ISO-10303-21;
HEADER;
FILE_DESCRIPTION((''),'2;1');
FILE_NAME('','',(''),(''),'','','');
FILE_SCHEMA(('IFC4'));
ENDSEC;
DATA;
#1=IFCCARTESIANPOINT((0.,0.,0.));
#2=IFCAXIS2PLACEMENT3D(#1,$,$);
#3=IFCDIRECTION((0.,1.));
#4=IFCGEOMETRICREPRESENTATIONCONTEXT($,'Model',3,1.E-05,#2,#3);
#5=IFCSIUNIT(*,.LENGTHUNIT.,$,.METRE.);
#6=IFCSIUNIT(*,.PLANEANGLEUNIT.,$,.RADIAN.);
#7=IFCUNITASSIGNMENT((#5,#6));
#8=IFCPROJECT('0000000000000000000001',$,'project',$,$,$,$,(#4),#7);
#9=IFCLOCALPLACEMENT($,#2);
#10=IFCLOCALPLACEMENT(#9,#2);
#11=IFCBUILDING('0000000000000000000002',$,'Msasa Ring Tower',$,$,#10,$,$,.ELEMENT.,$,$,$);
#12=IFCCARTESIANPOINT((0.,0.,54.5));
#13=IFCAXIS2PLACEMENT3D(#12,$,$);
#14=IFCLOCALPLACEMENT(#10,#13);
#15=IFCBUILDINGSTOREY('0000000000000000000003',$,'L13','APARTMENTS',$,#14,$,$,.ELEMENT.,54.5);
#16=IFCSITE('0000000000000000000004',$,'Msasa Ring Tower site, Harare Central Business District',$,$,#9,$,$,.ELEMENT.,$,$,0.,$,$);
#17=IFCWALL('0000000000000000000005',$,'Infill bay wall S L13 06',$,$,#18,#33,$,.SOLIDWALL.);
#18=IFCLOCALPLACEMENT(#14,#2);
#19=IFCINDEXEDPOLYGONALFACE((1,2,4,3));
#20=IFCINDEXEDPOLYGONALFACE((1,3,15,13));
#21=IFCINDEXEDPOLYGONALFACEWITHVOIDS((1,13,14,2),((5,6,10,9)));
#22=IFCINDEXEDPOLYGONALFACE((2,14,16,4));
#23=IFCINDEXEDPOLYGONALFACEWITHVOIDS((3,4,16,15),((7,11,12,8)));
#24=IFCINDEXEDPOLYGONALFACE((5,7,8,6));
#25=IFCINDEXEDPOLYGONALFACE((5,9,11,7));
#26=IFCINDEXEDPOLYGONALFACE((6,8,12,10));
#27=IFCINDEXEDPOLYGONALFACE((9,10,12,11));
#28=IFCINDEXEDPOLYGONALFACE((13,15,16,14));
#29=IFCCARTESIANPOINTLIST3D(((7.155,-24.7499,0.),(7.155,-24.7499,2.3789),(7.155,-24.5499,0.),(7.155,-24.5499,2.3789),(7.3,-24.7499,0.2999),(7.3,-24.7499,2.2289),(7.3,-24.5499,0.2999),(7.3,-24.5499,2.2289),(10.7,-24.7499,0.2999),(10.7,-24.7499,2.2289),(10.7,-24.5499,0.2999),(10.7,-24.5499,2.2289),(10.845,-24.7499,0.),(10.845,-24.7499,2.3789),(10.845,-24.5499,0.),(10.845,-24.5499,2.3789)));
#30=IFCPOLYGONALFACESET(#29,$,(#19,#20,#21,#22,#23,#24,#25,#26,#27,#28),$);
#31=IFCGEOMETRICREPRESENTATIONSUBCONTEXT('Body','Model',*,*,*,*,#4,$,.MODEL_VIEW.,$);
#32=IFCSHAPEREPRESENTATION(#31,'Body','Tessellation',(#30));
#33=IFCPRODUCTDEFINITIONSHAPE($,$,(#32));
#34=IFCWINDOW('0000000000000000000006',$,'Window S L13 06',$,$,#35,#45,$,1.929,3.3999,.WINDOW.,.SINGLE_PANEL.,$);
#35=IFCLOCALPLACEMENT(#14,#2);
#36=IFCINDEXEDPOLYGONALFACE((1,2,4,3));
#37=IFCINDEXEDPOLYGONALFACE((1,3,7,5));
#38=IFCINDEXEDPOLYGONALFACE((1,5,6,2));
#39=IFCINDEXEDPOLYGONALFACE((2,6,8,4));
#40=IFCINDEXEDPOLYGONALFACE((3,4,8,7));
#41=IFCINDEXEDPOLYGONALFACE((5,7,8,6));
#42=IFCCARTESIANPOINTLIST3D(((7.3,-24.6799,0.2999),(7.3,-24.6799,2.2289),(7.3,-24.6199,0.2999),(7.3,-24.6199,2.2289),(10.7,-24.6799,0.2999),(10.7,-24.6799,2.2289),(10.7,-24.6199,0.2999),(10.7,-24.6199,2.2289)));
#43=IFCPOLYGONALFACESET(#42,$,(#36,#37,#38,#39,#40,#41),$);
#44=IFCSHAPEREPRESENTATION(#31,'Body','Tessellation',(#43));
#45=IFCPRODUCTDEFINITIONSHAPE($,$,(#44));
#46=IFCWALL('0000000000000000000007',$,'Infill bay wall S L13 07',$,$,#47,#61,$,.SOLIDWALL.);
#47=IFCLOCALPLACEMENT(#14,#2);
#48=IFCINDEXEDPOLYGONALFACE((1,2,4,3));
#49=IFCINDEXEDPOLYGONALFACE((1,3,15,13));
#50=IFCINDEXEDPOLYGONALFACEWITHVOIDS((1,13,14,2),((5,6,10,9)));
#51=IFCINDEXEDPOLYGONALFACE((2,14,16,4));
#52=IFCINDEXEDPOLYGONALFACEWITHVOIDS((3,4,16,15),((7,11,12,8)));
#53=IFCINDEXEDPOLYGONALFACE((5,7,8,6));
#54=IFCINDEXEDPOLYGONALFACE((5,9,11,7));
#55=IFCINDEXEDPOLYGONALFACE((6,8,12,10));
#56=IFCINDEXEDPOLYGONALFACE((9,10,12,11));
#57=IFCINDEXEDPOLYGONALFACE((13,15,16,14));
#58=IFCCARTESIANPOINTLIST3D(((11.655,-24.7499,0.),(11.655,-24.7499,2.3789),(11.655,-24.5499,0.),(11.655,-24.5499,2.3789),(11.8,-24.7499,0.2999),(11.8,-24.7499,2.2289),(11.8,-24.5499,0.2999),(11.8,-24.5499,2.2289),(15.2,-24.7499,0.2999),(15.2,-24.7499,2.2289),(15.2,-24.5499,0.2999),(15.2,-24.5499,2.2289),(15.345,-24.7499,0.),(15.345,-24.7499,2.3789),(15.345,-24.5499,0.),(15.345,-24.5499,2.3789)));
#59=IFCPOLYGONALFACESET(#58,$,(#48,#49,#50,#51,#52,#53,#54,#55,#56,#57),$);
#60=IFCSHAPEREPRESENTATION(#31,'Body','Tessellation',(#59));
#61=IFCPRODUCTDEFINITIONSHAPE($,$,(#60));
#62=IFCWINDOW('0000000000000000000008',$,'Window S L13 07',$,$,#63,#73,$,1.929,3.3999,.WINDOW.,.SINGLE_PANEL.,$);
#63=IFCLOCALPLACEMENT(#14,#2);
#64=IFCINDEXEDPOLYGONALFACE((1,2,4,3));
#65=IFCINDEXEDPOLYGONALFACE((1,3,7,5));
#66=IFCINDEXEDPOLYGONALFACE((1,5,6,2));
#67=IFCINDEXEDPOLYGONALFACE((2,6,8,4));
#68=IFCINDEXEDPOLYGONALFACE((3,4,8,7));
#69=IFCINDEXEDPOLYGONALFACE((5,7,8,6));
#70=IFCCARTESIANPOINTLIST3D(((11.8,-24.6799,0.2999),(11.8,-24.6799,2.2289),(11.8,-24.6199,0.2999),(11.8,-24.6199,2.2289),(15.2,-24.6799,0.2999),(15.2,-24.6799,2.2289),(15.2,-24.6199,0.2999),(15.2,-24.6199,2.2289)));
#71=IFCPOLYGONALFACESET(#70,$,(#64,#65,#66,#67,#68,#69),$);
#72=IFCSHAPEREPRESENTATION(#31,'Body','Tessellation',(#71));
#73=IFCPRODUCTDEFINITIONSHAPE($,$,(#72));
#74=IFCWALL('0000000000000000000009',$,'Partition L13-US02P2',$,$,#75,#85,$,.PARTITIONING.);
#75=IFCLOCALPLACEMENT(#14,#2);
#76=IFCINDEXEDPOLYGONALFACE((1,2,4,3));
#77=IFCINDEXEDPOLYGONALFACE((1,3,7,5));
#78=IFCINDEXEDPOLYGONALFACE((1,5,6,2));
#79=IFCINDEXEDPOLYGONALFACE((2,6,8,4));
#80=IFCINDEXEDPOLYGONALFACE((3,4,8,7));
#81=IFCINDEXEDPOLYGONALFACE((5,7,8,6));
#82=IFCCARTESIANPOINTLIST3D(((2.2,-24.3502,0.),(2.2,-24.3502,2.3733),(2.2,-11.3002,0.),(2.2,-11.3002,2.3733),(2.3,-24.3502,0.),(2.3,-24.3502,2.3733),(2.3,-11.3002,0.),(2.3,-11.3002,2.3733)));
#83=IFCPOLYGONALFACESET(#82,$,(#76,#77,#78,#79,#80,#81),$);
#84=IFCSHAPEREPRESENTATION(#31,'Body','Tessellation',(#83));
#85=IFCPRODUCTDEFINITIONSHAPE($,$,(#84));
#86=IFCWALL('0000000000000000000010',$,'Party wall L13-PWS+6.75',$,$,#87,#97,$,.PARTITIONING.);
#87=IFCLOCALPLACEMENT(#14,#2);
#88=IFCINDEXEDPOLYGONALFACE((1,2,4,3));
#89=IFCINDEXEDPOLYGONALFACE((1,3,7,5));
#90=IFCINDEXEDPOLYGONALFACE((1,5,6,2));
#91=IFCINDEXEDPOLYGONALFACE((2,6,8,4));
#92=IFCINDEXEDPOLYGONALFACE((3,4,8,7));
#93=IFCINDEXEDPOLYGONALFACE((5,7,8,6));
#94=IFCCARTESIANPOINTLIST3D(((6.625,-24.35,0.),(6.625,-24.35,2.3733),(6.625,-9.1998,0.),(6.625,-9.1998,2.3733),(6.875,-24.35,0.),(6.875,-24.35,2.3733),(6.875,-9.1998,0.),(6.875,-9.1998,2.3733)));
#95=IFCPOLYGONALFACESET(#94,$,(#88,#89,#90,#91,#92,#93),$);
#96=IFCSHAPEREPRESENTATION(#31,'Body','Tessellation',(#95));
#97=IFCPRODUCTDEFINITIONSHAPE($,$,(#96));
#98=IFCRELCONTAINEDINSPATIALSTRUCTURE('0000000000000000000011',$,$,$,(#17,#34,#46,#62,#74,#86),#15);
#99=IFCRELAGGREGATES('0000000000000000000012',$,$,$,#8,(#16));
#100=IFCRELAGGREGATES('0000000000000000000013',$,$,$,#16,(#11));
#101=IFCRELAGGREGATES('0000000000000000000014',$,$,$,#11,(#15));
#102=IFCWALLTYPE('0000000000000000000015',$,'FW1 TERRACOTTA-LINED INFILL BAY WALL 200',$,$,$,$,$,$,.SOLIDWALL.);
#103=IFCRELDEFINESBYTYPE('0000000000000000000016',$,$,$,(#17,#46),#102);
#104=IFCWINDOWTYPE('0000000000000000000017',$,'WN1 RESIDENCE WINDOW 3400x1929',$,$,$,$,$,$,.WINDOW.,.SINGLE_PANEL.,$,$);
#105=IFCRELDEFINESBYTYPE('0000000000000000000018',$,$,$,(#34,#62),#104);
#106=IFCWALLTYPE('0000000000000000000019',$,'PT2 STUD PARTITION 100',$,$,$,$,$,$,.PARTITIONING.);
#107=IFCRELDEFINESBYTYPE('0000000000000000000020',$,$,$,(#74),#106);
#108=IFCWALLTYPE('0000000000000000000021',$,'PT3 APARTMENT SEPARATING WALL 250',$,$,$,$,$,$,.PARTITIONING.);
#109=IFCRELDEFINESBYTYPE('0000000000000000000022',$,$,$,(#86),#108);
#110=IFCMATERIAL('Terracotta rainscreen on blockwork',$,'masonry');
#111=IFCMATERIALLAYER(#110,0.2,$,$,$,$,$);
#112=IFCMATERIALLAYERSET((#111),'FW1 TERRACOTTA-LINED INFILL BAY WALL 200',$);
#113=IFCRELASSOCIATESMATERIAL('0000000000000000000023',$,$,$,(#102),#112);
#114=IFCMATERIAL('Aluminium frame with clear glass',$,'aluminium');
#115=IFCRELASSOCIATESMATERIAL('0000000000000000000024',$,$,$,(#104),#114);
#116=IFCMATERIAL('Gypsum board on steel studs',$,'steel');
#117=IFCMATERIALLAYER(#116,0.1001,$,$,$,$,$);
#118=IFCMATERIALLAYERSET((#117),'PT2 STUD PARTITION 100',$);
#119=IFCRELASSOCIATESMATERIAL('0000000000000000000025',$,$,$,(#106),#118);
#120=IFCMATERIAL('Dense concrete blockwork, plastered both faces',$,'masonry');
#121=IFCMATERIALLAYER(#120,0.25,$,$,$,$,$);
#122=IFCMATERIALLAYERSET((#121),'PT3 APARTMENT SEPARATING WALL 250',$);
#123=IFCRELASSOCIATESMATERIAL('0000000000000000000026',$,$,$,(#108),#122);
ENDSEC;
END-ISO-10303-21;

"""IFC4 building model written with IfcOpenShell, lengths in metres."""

from ifc_helpers import new_model, si_unit, direction, frame, frame_2d, origin, place, context, subcontext, project, spatial, rectangle, extrude, material, layer, layer_set, type_object, element, fill, save


model = new_model("IFC4")

# Units and contexts
model_context = context("Model", 3, precision=1e-05, world=origin(), true_north=direction((0.0, 1.0)))
body_context = subcontext(model_context, "Body", "Model", "MODEL_VIEW")
ifc_project = project(units=[si_unit("LENGTHUNIT", "METRE"), si_unit("PLANEANGLEUNIT", "RADIAN")], contexts=[model_context])

# Site, building, storey
site_placement = place(None, origin())
site = spatial("IfcSite", under=ifc_project, at=site_placement, Name="Msasa Ring Tower site, Harare Central Business District", CompositionType="ELEMENT", RefElevation=0.0)
building_placement = place(site_placement, origin())
building = spatial("IfcBuilding", under=site, at=building_placement, Name="Msasa Ring Tower", CompositionType="ELEMENT")
storey_placement = place(building_placement, frame((0.0, 0.0, 54.5)))
storey = spatial("IfcBuildingStorey", under=building, at=storey_placement, Name="L13", Description="APARTMENTS", CompositionType="ELEMENT", Elevation=54.5)

# Walls, openings, windows
ifc_material_1 = material(Name="Terracotta rainscreen on blockwork", Category="masonry")
ifc_layer_1 = layer(ifc_material_1, 0.2)
ifc_layer_set_1 = layer_set([ifc_layer_1], Name="FW1 TERRACOTTA-LINED INFILL BAY WALL 200")
wall_type_1 = type_object("IfcWallType", Name="FW1 TERRACOTTA-LINED INFILL BAY WALL 200", PredefinedType="SOLIDWALL", material=ifc_layer_set_1)
ifc_material_2 = material(Name="Aluminium frame with clear glass", Category="aluminium")
window_type = type_object("IfcWindowType", Name="WN1 RESIDENCE WINDOW 3400x1929", PartitioningType="SINGLE_PANEL", PredefinedType="WINDOW", material=ifc_material_2)
wall_1_placement = place(storey_placement, frame((7.155, -24.6499, 0.0), z_axis=(0.0, 0.0, 1.0), x_axis=(1.0, 0.0, 0.0)))
wall_1 = element("IfcWall", 1, at=wall_1_placement, inside=storey, type_object=wall_type_1, Name="Infill bay wall S L13 06", PredefinedType="SOLIDWALL", context=body_context, shape_type="SweptSolid", body=[
    extrude(rectangle(XDim=3.6899, YDim=0.2, at=frame_2d((1.845, 0.0))), origin(), (0.0, 0.0, 1.0), 2.3789),
])
opening_1_placement = place(wall_1_placement, frame((0.145, 0.0, 0.3)))
opening_1 = element("IfcOpeningElement", 2, at=opening_1_placement, cuts=wall_1, PredefinedType="OPENING", context=body_context, shape_type="SweptSolid", body=[
    extrude(rectangle(XDim=3.3999, YDim=1.929, at=frame_2d((1.7, 0.9644))), frame((0.0, 0.1099, 0.0), z_axis=(0.0, -1.0, 0.0), x_axis=(1.0, 0.0, 0.0)), (0.0, 0.0, 1.0), 0.22),
])
window_1_placement = place(opening_1_placement, origin())
window_1 = element("IfcWindow", 3, at=window_1_placement, inside=storey, type_object=window_type, Name="Window S L13 06", OverallHeight=1.929, OverallWidth=3.3999, PartitioningType="SINGLE_PANEL", PredefinedType="WINDOW", context=body_context, shape_type="SweptSolid", body=[
    extrude(rectangle(XDim=3.3999, YDim=1.929, at=frame_2d((1.7, 0.9644))), frame((0.0, 0.03, 0.0), z_axis=(0.0, -1.0, 0.0), x_axis=(1.0, 0.0, 0.0)), (0.0, 0.0, 1.0), 0.0601),
])
fill(opening_1, window_1)
wall_2_placement = place(storey_placement, frame((11.655, -24.6499, 0.0), z_axis=(0.0, 0.0, 1.0), x_axis=(1.0, 0.0, 0.0)))
wall_2 = element("IfcWall", 4, at=wall_2_placement, inside=storey, type_object=wall_type_1, Name="Infill bay wall S L13 07", PredefinedType="SOLIDWALL", context=body_context, shape_type="SweptSolid", body=[
    extrude(rectangle(XDim=3.6899, YDim=0.2, at=frame_2d((1.845, 0.0))), origin(), (0.0, 0.0, 1.0), 2.3789),
])
opening_2_placement = place(wall_2_placement, frame((0.145, 0.0, 0.3)))
opening_2 = element("IfcOpeningElement", 5, at=opening_2_placement, cuts=wall_2, PredefinedType="OPENING", context=body_context, shape_type="SweptSolid", body=[
    extrude(rectangle(XDim=3.3999, YDim=1.929, at=frame_2d((1.7, 0.9644))), frame((0.0, 0.1099, 0.0), z_axis=(0.0, -1.0, 0.0), x_axis=(1.0, 0.0, 0.0)), (0.0, 0.0, 1.0), 0.22),
])
window_2_placement = place(opening_2_placement, origin())
window_2 = element("IfcWindow", 6, at=window_2_placement, inside=storey, type_object=window_type, Name="Window S L13 07", OverallHeight=1.929, OverallWidth=3.3999, PartitioningType="SINGLE_PANEL", PredefinedType="WINDOW", context=body_context, shape_type="SweptSolid", body=[
    extrude(rectangle(XDim=3.3999, YDim=1.929, at=frame_2d((1.7, 0.9644))), frame((0.0, 0.03, 0.0), z_axis=(0.0, -1.0, 0.0), x_axis=(1.0, 0.0, 0.0)), (0.0, 0.0, 1.0), 0.0601),
])
fill(opening_2, window_2)

# Walls
ifc_material_3 = material(Name="Gypsum board on steel studs", Category="steel")
ifc_layer_2 = layer(ifc_material_3, 0.1001)
ifc_layer_set_2 = layer_set([ifc_layer_2], Name="PT2 STUD PARTITION 100")
wall_type_2 = type_object("IfcWallType", Name="PT2 STUD PARTITION 100", PredefinedType="PARTITIONING", material=ifc_layer_set_2)
wall_3_placement = place(storey_placement, frame((2.25, -24.3501, 0.0), z_axis=(0.0, 0.0, 1.0), x_axis=(0.0, 1.0, 0.0)))
element("IfcWall", 7, at=wall_3_placement, inside=storey, type_object=wall_type_2, Name="Partition L13-US02P2", PredefinedType="PARTITIONING", context=body_context, shape_type="SweptSolid", body=[
    extrude(rectangle(XDim=13.05, YDim=0.1001, at=frame_2d((6.5249, 0.0))), origin(), (0.0, 0.0, 1.0), 2.3733),
])
ifc_material_4 = material(Name="Dense concrete blockwork, plastered both faces", Category="masonry")
ifc_layer_3 = layer(ifc_material_4, 0.25)
ifc_layer_set_3 = layer_set([ifc_layer_3], Name="PT3 APARTMENT SEPARATING WALL 250")
wall_type_3 = type_object("IfcWallType", Name="PT3 APARTMENT SEPARATING WALL 250", PredefinedType="PARTITIONING", material=ifc_layer_set_3)
wall_4_placement = place(storey_placement, frame((6.75, -24.3501, 0.0), z_axis=(0.0, 0.0, 1.0), x_axis=(0.0, 1.0, 0.0)))
element("IfcWall", 8, at=wall_4_placement, inside=storey, type_object=wall_type_3, Name="Party wall L13-PWS+6.75", PredefinedType="PARTITIONING", context=body_context, shape_type="SweptSolid", body=[
    extrude(rectangle(XDim=15.1501, YDim=0.25, at=frame_2d((7.5752, 0.0))), origin(), (0.0, 0.0, 1.0), 2.3733),
])

save(model, "model.ifc")
